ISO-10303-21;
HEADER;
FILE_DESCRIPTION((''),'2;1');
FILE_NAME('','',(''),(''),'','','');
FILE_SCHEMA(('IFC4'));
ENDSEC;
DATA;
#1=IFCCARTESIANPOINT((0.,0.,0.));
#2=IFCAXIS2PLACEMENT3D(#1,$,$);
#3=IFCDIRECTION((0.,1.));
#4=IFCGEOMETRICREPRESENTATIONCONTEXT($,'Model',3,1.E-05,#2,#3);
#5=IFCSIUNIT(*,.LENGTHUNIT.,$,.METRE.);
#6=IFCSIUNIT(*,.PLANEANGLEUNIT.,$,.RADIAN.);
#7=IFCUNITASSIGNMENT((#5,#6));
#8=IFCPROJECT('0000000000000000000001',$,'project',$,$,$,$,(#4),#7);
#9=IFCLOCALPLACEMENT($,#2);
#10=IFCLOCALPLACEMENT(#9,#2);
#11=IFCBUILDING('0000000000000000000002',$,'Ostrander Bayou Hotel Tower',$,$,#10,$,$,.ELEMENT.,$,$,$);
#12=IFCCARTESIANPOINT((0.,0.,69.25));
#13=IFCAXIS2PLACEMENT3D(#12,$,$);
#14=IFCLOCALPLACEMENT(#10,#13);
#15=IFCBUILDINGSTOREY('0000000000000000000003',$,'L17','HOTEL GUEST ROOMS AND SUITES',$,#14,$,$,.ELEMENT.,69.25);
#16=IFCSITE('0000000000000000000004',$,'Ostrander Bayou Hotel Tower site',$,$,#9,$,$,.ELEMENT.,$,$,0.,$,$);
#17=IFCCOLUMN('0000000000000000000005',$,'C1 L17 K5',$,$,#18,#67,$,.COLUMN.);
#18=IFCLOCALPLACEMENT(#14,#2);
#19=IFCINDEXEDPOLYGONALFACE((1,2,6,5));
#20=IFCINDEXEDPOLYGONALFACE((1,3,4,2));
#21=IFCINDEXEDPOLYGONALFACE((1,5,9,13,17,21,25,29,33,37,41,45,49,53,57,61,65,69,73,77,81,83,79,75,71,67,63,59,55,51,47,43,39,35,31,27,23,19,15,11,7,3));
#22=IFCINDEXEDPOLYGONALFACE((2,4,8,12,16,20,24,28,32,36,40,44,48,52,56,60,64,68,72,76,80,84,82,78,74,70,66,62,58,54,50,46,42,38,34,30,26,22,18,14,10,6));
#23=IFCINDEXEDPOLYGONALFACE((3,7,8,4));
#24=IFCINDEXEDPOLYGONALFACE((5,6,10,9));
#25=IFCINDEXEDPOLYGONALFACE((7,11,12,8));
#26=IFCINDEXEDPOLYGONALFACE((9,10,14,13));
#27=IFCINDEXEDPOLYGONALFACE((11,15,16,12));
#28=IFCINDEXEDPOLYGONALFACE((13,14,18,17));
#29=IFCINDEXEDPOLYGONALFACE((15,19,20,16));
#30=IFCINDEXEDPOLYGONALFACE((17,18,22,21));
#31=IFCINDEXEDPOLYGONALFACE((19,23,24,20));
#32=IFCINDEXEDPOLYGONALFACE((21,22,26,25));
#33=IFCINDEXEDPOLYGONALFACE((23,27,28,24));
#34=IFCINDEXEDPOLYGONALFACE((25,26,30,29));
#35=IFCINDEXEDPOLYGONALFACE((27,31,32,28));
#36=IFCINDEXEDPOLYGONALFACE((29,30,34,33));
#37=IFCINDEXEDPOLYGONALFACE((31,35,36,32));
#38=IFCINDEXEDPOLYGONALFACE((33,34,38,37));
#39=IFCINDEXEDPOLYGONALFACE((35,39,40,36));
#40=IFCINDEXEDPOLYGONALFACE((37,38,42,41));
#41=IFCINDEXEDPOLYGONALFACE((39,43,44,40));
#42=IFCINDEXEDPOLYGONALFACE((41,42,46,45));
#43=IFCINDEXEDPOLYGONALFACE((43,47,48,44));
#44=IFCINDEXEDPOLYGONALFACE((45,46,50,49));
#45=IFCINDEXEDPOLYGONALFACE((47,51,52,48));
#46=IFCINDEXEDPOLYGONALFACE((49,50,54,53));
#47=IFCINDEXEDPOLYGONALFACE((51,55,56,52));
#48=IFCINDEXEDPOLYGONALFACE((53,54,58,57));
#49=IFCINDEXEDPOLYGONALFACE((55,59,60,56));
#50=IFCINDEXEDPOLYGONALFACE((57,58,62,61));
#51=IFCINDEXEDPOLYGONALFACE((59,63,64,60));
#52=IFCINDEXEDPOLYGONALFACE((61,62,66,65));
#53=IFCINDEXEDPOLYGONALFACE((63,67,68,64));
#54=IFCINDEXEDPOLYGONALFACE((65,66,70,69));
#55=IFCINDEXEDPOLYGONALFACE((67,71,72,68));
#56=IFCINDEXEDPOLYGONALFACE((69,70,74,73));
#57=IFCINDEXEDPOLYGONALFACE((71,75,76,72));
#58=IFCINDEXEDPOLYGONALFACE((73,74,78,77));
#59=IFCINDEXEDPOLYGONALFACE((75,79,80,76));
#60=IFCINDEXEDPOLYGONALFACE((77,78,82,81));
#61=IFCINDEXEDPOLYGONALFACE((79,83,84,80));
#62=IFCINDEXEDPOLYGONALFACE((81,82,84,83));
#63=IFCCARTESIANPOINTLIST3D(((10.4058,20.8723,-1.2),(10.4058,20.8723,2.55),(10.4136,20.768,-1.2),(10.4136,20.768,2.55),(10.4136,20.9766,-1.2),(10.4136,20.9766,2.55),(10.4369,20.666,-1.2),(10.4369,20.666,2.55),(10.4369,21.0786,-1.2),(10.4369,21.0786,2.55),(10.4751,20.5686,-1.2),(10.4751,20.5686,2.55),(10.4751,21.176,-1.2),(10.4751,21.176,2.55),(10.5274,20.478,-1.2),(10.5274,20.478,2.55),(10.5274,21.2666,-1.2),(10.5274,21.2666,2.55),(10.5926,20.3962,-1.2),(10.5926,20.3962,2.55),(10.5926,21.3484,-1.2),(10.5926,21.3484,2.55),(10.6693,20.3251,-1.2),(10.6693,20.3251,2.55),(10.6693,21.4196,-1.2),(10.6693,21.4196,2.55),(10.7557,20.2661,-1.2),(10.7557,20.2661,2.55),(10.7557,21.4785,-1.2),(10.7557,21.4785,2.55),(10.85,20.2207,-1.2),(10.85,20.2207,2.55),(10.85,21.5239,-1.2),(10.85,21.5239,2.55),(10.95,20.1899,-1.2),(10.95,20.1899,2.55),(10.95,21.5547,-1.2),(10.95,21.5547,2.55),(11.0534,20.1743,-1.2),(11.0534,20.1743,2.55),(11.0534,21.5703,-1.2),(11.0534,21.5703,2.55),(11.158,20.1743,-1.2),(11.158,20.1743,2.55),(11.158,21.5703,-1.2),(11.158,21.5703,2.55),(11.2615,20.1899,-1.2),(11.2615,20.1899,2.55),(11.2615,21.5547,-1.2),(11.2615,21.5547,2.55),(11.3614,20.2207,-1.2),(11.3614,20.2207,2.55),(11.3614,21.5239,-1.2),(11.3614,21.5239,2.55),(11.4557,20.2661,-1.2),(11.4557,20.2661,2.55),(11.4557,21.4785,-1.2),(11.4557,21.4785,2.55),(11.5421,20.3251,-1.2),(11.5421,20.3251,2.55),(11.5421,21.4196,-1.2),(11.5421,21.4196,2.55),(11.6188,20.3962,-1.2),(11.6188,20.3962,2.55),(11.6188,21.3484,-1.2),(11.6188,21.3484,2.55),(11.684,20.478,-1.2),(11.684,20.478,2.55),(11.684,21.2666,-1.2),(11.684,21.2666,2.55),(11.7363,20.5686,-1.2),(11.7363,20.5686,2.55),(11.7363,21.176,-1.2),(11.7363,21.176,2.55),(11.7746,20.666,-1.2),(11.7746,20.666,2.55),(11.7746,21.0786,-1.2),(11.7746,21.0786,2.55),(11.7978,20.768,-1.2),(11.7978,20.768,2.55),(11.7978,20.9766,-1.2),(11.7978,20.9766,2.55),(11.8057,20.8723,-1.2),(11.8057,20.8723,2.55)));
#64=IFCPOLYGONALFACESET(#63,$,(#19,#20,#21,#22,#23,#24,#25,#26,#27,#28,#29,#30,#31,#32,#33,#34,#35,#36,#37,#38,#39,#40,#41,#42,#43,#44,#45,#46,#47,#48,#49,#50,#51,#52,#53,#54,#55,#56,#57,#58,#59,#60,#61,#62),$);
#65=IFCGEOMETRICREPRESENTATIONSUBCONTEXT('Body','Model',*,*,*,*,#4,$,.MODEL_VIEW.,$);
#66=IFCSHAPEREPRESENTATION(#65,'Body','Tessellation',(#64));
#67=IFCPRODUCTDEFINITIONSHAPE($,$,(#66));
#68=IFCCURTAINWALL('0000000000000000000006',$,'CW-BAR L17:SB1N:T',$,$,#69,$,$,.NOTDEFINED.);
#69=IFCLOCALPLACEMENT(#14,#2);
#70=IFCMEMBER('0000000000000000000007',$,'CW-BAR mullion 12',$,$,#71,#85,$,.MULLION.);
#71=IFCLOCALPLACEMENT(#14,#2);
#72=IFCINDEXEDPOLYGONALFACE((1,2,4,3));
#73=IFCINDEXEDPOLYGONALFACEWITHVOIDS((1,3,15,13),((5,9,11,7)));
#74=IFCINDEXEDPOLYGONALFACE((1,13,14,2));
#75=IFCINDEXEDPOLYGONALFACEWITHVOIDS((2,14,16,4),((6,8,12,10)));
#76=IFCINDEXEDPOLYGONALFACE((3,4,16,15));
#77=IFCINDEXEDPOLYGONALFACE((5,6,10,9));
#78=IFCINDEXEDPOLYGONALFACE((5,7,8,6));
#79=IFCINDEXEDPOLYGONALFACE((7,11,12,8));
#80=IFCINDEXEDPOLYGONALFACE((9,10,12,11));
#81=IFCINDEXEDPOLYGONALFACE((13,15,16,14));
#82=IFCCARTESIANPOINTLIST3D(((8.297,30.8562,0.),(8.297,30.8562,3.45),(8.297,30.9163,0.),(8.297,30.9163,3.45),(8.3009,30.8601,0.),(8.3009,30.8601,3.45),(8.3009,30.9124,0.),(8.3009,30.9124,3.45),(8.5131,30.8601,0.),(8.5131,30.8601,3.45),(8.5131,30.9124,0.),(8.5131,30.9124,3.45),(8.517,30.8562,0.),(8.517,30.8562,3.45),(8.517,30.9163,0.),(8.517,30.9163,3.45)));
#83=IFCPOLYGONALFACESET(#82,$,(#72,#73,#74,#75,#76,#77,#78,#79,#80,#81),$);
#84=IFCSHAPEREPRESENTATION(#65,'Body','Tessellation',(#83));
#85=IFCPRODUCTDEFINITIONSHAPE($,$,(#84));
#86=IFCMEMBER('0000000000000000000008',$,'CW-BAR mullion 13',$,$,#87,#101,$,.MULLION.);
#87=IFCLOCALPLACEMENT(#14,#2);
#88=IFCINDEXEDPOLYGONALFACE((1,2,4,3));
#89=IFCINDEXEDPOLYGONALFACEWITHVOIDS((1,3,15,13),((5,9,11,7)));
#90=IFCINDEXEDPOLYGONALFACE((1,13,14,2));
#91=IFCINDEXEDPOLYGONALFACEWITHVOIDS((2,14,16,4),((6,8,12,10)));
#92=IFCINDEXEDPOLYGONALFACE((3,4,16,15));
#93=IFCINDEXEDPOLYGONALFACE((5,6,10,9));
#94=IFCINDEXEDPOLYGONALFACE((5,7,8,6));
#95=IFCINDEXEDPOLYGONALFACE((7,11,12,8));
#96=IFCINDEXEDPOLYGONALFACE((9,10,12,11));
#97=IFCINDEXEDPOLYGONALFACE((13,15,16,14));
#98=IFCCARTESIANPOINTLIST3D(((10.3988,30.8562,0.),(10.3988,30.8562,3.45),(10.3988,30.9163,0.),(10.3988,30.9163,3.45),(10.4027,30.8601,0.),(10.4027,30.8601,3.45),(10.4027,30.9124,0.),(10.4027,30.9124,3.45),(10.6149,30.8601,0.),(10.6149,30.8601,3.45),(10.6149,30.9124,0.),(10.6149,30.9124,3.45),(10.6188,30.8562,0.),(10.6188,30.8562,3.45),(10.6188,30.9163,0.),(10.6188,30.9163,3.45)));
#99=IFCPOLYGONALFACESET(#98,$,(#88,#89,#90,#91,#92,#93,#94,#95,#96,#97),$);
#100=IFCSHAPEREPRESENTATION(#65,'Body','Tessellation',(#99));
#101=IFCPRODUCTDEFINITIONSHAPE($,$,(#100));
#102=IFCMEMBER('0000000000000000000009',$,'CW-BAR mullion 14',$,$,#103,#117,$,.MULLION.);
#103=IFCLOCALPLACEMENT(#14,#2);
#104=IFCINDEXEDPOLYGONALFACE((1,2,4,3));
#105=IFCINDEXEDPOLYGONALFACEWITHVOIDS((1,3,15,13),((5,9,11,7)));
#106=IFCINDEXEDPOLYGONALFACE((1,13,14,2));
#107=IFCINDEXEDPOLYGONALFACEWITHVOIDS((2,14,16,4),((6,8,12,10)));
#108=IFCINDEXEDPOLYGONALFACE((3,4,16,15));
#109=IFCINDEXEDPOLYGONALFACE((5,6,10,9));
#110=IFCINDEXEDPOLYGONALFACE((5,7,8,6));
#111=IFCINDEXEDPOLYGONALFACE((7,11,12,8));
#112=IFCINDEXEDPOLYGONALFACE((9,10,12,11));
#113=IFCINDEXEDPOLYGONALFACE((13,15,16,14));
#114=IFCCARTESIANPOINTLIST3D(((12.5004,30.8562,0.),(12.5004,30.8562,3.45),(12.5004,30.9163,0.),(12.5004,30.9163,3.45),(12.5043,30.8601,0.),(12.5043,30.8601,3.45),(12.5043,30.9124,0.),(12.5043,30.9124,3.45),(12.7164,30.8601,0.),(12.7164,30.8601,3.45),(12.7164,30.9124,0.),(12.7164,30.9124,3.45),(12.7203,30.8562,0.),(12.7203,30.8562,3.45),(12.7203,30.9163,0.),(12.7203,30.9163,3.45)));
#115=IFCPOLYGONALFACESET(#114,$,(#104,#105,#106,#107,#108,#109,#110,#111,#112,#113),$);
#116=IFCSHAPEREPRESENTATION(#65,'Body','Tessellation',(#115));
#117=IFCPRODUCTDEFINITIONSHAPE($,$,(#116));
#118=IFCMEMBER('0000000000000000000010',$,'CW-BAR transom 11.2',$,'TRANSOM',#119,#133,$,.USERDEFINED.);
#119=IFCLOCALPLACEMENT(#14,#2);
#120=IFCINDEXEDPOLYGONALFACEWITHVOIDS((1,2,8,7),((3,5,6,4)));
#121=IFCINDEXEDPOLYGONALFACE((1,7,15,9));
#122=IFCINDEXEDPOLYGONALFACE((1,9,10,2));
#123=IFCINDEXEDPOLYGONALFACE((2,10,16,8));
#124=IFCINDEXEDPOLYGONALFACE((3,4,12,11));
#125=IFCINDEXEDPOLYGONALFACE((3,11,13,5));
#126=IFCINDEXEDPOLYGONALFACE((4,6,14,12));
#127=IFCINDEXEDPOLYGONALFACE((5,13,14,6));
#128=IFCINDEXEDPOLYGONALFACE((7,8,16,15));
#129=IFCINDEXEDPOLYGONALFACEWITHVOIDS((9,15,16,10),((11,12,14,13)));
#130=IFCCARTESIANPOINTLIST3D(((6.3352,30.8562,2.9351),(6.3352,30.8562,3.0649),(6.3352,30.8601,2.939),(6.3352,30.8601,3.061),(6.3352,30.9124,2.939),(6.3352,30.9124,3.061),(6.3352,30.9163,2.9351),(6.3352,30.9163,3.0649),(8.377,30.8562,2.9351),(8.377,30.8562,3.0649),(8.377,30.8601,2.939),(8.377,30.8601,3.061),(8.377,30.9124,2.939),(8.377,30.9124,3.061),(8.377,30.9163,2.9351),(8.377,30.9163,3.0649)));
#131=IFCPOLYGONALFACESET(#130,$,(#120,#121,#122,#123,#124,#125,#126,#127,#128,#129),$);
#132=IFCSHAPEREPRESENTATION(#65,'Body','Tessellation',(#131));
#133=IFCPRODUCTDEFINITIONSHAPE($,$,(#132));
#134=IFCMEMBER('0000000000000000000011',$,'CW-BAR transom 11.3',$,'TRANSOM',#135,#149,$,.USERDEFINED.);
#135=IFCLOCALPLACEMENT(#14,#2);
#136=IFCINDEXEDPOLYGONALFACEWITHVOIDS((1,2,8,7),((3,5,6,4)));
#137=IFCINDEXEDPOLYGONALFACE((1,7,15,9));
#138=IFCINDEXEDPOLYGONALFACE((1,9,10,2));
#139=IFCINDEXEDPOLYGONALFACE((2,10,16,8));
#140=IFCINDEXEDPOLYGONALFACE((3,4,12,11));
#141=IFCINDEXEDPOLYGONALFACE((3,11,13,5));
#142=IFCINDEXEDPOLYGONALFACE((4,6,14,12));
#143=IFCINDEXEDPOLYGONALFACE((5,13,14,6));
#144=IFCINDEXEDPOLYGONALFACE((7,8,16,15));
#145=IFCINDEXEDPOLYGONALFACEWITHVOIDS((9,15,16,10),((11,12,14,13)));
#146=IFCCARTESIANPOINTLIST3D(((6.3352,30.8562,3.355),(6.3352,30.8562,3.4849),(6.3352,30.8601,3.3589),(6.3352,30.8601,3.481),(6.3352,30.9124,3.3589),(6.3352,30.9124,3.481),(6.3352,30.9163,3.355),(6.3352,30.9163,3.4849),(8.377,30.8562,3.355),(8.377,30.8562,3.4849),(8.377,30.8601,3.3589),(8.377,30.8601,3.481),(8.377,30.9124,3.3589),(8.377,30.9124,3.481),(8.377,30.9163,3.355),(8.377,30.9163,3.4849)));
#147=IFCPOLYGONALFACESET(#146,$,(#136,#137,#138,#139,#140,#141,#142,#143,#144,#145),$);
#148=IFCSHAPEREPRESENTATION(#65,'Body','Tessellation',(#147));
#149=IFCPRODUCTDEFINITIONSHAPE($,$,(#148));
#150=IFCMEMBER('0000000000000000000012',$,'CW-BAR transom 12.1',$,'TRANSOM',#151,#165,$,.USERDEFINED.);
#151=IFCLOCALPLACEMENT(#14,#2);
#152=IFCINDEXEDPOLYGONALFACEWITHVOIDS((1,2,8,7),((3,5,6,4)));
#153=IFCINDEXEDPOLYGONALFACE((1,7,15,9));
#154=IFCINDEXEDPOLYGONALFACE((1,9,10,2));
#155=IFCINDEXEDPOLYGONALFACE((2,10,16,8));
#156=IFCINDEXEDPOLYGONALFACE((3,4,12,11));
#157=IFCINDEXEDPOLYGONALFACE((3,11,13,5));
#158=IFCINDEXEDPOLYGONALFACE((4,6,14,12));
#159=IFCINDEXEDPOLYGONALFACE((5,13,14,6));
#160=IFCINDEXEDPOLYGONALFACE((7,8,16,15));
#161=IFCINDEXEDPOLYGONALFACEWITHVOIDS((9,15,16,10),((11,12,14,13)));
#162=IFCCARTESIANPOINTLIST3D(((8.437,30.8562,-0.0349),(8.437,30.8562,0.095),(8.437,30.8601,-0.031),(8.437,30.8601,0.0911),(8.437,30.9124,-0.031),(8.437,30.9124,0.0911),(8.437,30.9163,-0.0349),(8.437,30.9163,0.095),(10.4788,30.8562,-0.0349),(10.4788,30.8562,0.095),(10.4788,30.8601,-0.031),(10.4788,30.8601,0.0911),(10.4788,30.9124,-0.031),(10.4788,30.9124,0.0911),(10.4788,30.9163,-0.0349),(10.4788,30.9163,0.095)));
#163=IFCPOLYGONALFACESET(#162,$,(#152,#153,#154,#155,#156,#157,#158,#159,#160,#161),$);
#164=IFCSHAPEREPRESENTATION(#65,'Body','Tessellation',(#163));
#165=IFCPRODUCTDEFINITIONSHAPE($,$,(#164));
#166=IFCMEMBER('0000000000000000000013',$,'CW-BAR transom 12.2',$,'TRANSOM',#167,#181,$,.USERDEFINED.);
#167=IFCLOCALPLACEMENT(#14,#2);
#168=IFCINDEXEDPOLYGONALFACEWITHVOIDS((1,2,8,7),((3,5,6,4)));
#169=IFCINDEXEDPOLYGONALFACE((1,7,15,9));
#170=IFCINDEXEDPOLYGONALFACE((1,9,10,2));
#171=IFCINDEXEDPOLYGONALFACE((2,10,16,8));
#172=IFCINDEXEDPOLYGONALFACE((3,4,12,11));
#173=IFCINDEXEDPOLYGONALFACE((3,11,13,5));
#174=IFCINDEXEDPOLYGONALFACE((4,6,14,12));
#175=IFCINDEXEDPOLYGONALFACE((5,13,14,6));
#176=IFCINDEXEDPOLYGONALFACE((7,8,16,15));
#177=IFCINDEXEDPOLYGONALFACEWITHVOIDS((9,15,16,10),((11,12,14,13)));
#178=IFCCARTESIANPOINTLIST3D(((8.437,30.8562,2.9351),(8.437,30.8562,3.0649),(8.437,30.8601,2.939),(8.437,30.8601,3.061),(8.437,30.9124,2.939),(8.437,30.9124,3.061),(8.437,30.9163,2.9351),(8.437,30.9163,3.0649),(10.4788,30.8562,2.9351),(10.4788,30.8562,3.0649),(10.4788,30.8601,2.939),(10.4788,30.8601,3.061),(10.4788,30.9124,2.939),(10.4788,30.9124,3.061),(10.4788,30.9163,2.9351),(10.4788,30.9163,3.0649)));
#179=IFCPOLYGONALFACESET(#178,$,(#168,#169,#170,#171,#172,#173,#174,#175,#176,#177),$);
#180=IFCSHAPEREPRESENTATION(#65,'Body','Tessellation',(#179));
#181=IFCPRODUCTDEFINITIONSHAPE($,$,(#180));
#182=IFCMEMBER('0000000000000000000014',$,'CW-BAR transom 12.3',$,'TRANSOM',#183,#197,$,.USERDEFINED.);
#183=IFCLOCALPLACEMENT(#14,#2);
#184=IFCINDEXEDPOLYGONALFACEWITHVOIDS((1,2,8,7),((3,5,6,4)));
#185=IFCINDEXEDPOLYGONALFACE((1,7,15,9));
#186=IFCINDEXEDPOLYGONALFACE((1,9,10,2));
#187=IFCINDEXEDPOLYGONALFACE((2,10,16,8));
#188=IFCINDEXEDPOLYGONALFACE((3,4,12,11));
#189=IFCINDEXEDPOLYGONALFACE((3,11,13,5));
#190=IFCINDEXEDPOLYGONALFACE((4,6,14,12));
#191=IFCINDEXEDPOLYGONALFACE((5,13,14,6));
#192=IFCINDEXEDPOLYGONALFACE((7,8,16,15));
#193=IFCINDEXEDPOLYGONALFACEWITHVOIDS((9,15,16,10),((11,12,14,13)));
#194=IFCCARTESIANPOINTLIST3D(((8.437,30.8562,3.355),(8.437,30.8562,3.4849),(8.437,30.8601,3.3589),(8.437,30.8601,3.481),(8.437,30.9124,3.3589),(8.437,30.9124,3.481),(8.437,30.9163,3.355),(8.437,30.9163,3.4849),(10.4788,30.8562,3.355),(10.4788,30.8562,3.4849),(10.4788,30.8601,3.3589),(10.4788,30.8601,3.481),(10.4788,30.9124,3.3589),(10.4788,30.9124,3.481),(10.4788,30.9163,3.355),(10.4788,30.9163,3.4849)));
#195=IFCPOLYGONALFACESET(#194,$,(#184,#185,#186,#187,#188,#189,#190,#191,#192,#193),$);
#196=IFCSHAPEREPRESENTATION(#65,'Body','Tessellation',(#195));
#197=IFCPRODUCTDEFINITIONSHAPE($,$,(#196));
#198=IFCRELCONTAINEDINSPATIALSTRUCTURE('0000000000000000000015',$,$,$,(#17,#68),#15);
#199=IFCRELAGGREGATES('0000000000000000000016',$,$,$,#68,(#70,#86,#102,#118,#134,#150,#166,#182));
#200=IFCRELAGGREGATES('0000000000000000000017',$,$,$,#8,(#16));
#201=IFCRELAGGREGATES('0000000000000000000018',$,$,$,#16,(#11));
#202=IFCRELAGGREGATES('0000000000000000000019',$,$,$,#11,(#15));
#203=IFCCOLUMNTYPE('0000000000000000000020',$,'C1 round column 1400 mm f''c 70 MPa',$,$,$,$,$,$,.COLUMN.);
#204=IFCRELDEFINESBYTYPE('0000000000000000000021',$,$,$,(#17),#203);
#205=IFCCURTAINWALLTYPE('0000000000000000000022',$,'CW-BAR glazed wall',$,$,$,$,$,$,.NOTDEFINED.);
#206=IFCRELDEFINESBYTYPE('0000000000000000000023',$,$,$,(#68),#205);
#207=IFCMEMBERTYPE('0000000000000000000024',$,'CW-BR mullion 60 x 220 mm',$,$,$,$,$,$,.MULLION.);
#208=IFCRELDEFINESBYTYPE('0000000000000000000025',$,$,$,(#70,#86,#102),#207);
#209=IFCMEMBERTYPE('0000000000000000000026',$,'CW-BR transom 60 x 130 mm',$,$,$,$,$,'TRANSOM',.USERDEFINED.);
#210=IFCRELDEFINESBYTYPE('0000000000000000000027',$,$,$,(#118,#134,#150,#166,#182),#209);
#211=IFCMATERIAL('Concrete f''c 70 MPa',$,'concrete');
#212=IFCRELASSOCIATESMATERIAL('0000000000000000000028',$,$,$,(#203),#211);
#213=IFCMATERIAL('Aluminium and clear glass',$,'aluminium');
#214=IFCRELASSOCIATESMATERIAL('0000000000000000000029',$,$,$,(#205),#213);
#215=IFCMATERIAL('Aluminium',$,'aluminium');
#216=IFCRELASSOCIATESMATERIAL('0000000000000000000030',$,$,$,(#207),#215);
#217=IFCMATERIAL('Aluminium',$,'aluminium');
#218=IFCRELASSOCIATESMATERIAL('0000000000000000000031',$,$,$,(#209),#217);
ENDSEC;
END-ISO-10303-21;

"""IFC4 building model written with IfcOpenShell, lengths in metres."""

from ifc_helpers import new_model, si_unit, direction, frame, origin, origin_2d, place, context, subcontext, project, spatial, hollow_rectangle, circle, extrude, material, material_profile, profile_set, type_object, element, aggregate, save


model = new_model("IFC4")

# Units and contexts
model_context = context("Model", 3, precision=1e-05, world=origin(), true_north=direction((0.0, 1.0)))
body_context = subcontext(model_context, "Body", "Model", "MODEL_VIEW")
ifc_project = project(units=[si_unit("LENGTHUNIT", "METRE"), si_unit("PLANEANGLEUNIT", "RADIAN")], contexts=[model_context])

# Site, building, storey
site_placement = place(None, origin())
site = spatial("IfcSite", under=ifc_project, at=site_placement, Name="Ostrander Bayou Hotel Tower site", CompositionType="ELEMENT", RefElevation=0.0)
building_placement = place(site_placement, origin())
building = spatial("IfcBuilding", under=site, at=building_placement, Name="Ostrander Bayou Hotel Tower", CompositionType="ELEMENT")
storey_placement = place(building_placement, frame((0.0, 0.0, 69.25)))
storey = spatial("IfcBuildingStorey", under=building, at=storey_placement, Name="L17", Description="HOTEL GUEST ROOMS AND SUITES", CompositionType="ELEMENT", Elevation=69.25)

# Column
ifc_material_1 = material(Name="Concrete f'c 70 MPa", Category="concrete")
ifc_material_profile_1 = material_profile(ifc_material_1, circle(Radius=0.7, at=origin_2d()))
ifc_profile_set_1 = profile_set([ifc_material_profile_1], Name="Concrete f'c 70 MPa")
column_type = type_object("IfcColumnType", Name="C1 round column 1400 mm f'c 70 MPa", PredefinedType="COLUMN", material=ifc_profile_set_1)
column_placement = place(storey_placement, frame((11.1057, 20.8723, -1.2), z_axis=(0.0, 0.0, 1.0), x_axis=(1.0, 0.0, 0.0)))
element("IfcColumn", 1, at=column_placement, inside=storey, type_object=column_type, Name="C1 L17 K5", PredefinedType="COLUMN", context=body_context, shape_type="SweptSolid", body=[
    extrude(circle(Radius=0.7, at=origin_2d()), origin(), (0.0, 0.0, 1.0), 3.75),
])

# Curtain wall, members
ifc_material_2 = material(Name="Aluminium and clear glass", Category="aluminium")
curtain_wall_type = type_object("IfcCurtainWallType", Name="CW-BAR glazed wall", PredefinedType="NOTDEFINED", material=ifc_material_2)
curtain_wall_placement = place(storey_placement, origin())
curtain_wall = element("IfcCurtainWall", 2, at=curtain_wall_placement, inside=storey, type_object=curtain_wall_type, Name="CW-BAR L17:SB1N:T", PredefinedType="NOTDEFINED")
ifc_material_3 = material(Name="Aluminium", Category="aluminium")
ifc_material_profile_2 = material_profile(ifc_material_3, hollow_rectangle(XDim=0.0601, YDim=0.22, WallThickness=0.0039, at=origin_2d()))
ifc_profile_set_2 = profile_set([ifc_material_profile_2], Name="Aluminium")
member_type_1 = type_object("IfcMemberType", Name="CW-BR mullion 60 x 220 mm", PredefinedType="MULLION", material=ifc_profile_set_2)
member_1_placement = place(storey_placement, frame((8.407, 30.8862, 0.0), z_axis=(0.0, 0.0, 1.0), x_axis=(0.0, 1.0, 0.0)))
member_1 = element("IfcMember", 3, at=member_1_placement, type_object=member_type_1, Name="CW-BAR mullion 12", PredefinedType="MULLION", context=body_context, shape_type="SweptSolid", body=[
    extrude(hollow_rectangle(XDim=0.0601, YDim=0.22, WallThickness=0.0039, at=origin_2d()), origin(), (0.0, 0.0, 1.0), 3.45),
])
member_2_placement = place(storey_placement, frame((10.5088, 30.8862, 0.0), z_axis=(0.0, 0.0, 1.0), x_axis=(0.0, 1.0, 0.0)))
member_2 = element("IfcMember", 4, at=member_2_placement, type_object=member_type_1, Name="CW-BAR mullion 13", PredefinedType="MULLION", context=body_context, shape_type="SweptSolid", body=[
    extrude(hollow_rectangle(XDim=0.0601, YDim=0.22, WallThickness=0.0039, at=origin_2d()), origin(), (0.0, 0.0, 1.0), 3.45),
])
member_3_placement = place(storey_placement, frame((12.6104, 30.8862, 0.0), z_axis=(0.0, 0.0, 1.0), x_axis=(0.0, 1.0, 0.0)))
member_3 = element("IfcMember", 5, at=member_3_placement, type_object=member_type_1, Name="CW-BAR mullion 14", PredefinedType="MULLION", context=body_context, shape_type="SweptSolid", body=[
    extrude(hollow_rectangle(XDim=0.0601, YDim=0.22, WallThickness=0.0039, at=origin_2d()), origin(), (0.0, 0.0, 1.0), 3.45),
])
ifc_material_4 = material(Name="Aluminium", Category="aluminium")
ifc_material_profile_3 = material_profile(ifc_material_4, hollow_rectangle(XDim=0.0601, YDim=0.1299, WallThickness=0.0039, at=origin_2d()))
ifc_profile_set_3 = profile_set([ifc_material_profile_3], Name="Aluminium")
member_type_2 = type_object("IfcMemberType", Name="CW-BR transom 60 x 130 mm", ElementType="TRANSOM", PredefinedType="USERDEFINED", material=ifc_profile_set_3)
member_4_placement = place(storey_placement, frame((6.3352, 30.8862, 3.0), z_axis=(1.0, 0.0, 0.0), x_axis=(0.0, 1.0, 0.0)))
member_4 = element("IfcMember", 6, at=member_4_placement, type_object=member_type_2, Name="CW-BAR transom 11.2", ObjectType="TRANSOM", PredefinedType="USERDEFINED", context=body_context, shape_type="SweptSolid", body=[
    extrude(hollow_rectangle(XDim=0.0601, YDim=0.1299, WallThickness=0.0039, at=origin_2d()), origin(), (0.0, 0.0, 1.0), 2.0417),
])
member_5_placement = place(storey_placement, frame((6.3352, 30.8862, 3.4199), z_axis=(1.0, 0.0, 0.0), x_axis=(0.0, 1.0, 0.0)))
member_5 = element("IfcMember", 7, at=member_5_placement, type_object=member_type_2, Name="CW-BAR transom 11.3", ObjectType="TRANSOM", PredefinedType="USERDEFINED", context=body_context, shape_type="SweptSolid", body=[
    extrude(hollow_rectangle(XDim=0.0601, YDim=0.1299, WallThickness=0.0039, at=origin_2d()), origin(), (0.0, 0.0, 1.0), 2.0417),
])
member_6_placement = place(storey_placement, frame((8.437, 30.8862, 0.03), z_axis=(1.0, 0.0, 0.0), x_axis=(0.0, 1.0, 0.0)))
member_6 = element("IfcMember", 8, at=member_6_placement, type_object=member_type_2, Name="CW-BAR transom 12.1", ObjectType="TRANSOM", PredefinedType="USERDEFINED", context=body_context, shape_type="SweptSolid", body=[
    extrude(hollow_rectangle(XDim=0.0601, YDim=0.1299, WallThickness=0.0039, at=origin_2d()), origin(), (0.0, 0.0, 1.0), 2.0417),
])
member_7_placement = place(storey_placement, frame((8.437, 30.8862, 3.0), z_axis=(1.0, 0.0, 0.0), x_axis=(0.0, 1.0, 0.0)))
member_7 = element("IfcMember", 9, at=member_7_placement, type_object=member_type_2, Name="CW-BAR transom 12.2", ObjectType="TRANSOM", PredefinedType="USERDEFINED", context=body_context, shape_type="SweptSolid", body=[
    extrude(hollow_rectangle(XDim=0.0601, YDim=0.1299, WallThickness=0.0039, at=origin_2d()), origin(), (0.0, 0.0, 1.0), 2.0417),
])
member_8_placement = place(storey_placement, frame((8.437, 30.8862, 3.4199), z_axis=(1.0, 0.0, 0.0), x_axis=(0.0, 1.0, 0.0)))
member_8 = element("IfcMember", 10, at=member_8_placement, type_object=member_type_2, Name="CW-BAR transom 12.3", ObjectType="TRANSOM", PredefinedType="USERDEFINED", context=body_context, shape_type="SweptSolid", body=[
    extrude(hollow_rectangle(XDim=0.0601, YDim=0.1299, WallThickness=0.0039, at=origin_2d()), origin(), (0.0, 0.0, 1.0), 2.0417),
])
aggregate(curtain_wall, [member_1, member_2, member_3, member_4, member_5, member_6, member_7, member_8])

save(model, "model.ifc")
